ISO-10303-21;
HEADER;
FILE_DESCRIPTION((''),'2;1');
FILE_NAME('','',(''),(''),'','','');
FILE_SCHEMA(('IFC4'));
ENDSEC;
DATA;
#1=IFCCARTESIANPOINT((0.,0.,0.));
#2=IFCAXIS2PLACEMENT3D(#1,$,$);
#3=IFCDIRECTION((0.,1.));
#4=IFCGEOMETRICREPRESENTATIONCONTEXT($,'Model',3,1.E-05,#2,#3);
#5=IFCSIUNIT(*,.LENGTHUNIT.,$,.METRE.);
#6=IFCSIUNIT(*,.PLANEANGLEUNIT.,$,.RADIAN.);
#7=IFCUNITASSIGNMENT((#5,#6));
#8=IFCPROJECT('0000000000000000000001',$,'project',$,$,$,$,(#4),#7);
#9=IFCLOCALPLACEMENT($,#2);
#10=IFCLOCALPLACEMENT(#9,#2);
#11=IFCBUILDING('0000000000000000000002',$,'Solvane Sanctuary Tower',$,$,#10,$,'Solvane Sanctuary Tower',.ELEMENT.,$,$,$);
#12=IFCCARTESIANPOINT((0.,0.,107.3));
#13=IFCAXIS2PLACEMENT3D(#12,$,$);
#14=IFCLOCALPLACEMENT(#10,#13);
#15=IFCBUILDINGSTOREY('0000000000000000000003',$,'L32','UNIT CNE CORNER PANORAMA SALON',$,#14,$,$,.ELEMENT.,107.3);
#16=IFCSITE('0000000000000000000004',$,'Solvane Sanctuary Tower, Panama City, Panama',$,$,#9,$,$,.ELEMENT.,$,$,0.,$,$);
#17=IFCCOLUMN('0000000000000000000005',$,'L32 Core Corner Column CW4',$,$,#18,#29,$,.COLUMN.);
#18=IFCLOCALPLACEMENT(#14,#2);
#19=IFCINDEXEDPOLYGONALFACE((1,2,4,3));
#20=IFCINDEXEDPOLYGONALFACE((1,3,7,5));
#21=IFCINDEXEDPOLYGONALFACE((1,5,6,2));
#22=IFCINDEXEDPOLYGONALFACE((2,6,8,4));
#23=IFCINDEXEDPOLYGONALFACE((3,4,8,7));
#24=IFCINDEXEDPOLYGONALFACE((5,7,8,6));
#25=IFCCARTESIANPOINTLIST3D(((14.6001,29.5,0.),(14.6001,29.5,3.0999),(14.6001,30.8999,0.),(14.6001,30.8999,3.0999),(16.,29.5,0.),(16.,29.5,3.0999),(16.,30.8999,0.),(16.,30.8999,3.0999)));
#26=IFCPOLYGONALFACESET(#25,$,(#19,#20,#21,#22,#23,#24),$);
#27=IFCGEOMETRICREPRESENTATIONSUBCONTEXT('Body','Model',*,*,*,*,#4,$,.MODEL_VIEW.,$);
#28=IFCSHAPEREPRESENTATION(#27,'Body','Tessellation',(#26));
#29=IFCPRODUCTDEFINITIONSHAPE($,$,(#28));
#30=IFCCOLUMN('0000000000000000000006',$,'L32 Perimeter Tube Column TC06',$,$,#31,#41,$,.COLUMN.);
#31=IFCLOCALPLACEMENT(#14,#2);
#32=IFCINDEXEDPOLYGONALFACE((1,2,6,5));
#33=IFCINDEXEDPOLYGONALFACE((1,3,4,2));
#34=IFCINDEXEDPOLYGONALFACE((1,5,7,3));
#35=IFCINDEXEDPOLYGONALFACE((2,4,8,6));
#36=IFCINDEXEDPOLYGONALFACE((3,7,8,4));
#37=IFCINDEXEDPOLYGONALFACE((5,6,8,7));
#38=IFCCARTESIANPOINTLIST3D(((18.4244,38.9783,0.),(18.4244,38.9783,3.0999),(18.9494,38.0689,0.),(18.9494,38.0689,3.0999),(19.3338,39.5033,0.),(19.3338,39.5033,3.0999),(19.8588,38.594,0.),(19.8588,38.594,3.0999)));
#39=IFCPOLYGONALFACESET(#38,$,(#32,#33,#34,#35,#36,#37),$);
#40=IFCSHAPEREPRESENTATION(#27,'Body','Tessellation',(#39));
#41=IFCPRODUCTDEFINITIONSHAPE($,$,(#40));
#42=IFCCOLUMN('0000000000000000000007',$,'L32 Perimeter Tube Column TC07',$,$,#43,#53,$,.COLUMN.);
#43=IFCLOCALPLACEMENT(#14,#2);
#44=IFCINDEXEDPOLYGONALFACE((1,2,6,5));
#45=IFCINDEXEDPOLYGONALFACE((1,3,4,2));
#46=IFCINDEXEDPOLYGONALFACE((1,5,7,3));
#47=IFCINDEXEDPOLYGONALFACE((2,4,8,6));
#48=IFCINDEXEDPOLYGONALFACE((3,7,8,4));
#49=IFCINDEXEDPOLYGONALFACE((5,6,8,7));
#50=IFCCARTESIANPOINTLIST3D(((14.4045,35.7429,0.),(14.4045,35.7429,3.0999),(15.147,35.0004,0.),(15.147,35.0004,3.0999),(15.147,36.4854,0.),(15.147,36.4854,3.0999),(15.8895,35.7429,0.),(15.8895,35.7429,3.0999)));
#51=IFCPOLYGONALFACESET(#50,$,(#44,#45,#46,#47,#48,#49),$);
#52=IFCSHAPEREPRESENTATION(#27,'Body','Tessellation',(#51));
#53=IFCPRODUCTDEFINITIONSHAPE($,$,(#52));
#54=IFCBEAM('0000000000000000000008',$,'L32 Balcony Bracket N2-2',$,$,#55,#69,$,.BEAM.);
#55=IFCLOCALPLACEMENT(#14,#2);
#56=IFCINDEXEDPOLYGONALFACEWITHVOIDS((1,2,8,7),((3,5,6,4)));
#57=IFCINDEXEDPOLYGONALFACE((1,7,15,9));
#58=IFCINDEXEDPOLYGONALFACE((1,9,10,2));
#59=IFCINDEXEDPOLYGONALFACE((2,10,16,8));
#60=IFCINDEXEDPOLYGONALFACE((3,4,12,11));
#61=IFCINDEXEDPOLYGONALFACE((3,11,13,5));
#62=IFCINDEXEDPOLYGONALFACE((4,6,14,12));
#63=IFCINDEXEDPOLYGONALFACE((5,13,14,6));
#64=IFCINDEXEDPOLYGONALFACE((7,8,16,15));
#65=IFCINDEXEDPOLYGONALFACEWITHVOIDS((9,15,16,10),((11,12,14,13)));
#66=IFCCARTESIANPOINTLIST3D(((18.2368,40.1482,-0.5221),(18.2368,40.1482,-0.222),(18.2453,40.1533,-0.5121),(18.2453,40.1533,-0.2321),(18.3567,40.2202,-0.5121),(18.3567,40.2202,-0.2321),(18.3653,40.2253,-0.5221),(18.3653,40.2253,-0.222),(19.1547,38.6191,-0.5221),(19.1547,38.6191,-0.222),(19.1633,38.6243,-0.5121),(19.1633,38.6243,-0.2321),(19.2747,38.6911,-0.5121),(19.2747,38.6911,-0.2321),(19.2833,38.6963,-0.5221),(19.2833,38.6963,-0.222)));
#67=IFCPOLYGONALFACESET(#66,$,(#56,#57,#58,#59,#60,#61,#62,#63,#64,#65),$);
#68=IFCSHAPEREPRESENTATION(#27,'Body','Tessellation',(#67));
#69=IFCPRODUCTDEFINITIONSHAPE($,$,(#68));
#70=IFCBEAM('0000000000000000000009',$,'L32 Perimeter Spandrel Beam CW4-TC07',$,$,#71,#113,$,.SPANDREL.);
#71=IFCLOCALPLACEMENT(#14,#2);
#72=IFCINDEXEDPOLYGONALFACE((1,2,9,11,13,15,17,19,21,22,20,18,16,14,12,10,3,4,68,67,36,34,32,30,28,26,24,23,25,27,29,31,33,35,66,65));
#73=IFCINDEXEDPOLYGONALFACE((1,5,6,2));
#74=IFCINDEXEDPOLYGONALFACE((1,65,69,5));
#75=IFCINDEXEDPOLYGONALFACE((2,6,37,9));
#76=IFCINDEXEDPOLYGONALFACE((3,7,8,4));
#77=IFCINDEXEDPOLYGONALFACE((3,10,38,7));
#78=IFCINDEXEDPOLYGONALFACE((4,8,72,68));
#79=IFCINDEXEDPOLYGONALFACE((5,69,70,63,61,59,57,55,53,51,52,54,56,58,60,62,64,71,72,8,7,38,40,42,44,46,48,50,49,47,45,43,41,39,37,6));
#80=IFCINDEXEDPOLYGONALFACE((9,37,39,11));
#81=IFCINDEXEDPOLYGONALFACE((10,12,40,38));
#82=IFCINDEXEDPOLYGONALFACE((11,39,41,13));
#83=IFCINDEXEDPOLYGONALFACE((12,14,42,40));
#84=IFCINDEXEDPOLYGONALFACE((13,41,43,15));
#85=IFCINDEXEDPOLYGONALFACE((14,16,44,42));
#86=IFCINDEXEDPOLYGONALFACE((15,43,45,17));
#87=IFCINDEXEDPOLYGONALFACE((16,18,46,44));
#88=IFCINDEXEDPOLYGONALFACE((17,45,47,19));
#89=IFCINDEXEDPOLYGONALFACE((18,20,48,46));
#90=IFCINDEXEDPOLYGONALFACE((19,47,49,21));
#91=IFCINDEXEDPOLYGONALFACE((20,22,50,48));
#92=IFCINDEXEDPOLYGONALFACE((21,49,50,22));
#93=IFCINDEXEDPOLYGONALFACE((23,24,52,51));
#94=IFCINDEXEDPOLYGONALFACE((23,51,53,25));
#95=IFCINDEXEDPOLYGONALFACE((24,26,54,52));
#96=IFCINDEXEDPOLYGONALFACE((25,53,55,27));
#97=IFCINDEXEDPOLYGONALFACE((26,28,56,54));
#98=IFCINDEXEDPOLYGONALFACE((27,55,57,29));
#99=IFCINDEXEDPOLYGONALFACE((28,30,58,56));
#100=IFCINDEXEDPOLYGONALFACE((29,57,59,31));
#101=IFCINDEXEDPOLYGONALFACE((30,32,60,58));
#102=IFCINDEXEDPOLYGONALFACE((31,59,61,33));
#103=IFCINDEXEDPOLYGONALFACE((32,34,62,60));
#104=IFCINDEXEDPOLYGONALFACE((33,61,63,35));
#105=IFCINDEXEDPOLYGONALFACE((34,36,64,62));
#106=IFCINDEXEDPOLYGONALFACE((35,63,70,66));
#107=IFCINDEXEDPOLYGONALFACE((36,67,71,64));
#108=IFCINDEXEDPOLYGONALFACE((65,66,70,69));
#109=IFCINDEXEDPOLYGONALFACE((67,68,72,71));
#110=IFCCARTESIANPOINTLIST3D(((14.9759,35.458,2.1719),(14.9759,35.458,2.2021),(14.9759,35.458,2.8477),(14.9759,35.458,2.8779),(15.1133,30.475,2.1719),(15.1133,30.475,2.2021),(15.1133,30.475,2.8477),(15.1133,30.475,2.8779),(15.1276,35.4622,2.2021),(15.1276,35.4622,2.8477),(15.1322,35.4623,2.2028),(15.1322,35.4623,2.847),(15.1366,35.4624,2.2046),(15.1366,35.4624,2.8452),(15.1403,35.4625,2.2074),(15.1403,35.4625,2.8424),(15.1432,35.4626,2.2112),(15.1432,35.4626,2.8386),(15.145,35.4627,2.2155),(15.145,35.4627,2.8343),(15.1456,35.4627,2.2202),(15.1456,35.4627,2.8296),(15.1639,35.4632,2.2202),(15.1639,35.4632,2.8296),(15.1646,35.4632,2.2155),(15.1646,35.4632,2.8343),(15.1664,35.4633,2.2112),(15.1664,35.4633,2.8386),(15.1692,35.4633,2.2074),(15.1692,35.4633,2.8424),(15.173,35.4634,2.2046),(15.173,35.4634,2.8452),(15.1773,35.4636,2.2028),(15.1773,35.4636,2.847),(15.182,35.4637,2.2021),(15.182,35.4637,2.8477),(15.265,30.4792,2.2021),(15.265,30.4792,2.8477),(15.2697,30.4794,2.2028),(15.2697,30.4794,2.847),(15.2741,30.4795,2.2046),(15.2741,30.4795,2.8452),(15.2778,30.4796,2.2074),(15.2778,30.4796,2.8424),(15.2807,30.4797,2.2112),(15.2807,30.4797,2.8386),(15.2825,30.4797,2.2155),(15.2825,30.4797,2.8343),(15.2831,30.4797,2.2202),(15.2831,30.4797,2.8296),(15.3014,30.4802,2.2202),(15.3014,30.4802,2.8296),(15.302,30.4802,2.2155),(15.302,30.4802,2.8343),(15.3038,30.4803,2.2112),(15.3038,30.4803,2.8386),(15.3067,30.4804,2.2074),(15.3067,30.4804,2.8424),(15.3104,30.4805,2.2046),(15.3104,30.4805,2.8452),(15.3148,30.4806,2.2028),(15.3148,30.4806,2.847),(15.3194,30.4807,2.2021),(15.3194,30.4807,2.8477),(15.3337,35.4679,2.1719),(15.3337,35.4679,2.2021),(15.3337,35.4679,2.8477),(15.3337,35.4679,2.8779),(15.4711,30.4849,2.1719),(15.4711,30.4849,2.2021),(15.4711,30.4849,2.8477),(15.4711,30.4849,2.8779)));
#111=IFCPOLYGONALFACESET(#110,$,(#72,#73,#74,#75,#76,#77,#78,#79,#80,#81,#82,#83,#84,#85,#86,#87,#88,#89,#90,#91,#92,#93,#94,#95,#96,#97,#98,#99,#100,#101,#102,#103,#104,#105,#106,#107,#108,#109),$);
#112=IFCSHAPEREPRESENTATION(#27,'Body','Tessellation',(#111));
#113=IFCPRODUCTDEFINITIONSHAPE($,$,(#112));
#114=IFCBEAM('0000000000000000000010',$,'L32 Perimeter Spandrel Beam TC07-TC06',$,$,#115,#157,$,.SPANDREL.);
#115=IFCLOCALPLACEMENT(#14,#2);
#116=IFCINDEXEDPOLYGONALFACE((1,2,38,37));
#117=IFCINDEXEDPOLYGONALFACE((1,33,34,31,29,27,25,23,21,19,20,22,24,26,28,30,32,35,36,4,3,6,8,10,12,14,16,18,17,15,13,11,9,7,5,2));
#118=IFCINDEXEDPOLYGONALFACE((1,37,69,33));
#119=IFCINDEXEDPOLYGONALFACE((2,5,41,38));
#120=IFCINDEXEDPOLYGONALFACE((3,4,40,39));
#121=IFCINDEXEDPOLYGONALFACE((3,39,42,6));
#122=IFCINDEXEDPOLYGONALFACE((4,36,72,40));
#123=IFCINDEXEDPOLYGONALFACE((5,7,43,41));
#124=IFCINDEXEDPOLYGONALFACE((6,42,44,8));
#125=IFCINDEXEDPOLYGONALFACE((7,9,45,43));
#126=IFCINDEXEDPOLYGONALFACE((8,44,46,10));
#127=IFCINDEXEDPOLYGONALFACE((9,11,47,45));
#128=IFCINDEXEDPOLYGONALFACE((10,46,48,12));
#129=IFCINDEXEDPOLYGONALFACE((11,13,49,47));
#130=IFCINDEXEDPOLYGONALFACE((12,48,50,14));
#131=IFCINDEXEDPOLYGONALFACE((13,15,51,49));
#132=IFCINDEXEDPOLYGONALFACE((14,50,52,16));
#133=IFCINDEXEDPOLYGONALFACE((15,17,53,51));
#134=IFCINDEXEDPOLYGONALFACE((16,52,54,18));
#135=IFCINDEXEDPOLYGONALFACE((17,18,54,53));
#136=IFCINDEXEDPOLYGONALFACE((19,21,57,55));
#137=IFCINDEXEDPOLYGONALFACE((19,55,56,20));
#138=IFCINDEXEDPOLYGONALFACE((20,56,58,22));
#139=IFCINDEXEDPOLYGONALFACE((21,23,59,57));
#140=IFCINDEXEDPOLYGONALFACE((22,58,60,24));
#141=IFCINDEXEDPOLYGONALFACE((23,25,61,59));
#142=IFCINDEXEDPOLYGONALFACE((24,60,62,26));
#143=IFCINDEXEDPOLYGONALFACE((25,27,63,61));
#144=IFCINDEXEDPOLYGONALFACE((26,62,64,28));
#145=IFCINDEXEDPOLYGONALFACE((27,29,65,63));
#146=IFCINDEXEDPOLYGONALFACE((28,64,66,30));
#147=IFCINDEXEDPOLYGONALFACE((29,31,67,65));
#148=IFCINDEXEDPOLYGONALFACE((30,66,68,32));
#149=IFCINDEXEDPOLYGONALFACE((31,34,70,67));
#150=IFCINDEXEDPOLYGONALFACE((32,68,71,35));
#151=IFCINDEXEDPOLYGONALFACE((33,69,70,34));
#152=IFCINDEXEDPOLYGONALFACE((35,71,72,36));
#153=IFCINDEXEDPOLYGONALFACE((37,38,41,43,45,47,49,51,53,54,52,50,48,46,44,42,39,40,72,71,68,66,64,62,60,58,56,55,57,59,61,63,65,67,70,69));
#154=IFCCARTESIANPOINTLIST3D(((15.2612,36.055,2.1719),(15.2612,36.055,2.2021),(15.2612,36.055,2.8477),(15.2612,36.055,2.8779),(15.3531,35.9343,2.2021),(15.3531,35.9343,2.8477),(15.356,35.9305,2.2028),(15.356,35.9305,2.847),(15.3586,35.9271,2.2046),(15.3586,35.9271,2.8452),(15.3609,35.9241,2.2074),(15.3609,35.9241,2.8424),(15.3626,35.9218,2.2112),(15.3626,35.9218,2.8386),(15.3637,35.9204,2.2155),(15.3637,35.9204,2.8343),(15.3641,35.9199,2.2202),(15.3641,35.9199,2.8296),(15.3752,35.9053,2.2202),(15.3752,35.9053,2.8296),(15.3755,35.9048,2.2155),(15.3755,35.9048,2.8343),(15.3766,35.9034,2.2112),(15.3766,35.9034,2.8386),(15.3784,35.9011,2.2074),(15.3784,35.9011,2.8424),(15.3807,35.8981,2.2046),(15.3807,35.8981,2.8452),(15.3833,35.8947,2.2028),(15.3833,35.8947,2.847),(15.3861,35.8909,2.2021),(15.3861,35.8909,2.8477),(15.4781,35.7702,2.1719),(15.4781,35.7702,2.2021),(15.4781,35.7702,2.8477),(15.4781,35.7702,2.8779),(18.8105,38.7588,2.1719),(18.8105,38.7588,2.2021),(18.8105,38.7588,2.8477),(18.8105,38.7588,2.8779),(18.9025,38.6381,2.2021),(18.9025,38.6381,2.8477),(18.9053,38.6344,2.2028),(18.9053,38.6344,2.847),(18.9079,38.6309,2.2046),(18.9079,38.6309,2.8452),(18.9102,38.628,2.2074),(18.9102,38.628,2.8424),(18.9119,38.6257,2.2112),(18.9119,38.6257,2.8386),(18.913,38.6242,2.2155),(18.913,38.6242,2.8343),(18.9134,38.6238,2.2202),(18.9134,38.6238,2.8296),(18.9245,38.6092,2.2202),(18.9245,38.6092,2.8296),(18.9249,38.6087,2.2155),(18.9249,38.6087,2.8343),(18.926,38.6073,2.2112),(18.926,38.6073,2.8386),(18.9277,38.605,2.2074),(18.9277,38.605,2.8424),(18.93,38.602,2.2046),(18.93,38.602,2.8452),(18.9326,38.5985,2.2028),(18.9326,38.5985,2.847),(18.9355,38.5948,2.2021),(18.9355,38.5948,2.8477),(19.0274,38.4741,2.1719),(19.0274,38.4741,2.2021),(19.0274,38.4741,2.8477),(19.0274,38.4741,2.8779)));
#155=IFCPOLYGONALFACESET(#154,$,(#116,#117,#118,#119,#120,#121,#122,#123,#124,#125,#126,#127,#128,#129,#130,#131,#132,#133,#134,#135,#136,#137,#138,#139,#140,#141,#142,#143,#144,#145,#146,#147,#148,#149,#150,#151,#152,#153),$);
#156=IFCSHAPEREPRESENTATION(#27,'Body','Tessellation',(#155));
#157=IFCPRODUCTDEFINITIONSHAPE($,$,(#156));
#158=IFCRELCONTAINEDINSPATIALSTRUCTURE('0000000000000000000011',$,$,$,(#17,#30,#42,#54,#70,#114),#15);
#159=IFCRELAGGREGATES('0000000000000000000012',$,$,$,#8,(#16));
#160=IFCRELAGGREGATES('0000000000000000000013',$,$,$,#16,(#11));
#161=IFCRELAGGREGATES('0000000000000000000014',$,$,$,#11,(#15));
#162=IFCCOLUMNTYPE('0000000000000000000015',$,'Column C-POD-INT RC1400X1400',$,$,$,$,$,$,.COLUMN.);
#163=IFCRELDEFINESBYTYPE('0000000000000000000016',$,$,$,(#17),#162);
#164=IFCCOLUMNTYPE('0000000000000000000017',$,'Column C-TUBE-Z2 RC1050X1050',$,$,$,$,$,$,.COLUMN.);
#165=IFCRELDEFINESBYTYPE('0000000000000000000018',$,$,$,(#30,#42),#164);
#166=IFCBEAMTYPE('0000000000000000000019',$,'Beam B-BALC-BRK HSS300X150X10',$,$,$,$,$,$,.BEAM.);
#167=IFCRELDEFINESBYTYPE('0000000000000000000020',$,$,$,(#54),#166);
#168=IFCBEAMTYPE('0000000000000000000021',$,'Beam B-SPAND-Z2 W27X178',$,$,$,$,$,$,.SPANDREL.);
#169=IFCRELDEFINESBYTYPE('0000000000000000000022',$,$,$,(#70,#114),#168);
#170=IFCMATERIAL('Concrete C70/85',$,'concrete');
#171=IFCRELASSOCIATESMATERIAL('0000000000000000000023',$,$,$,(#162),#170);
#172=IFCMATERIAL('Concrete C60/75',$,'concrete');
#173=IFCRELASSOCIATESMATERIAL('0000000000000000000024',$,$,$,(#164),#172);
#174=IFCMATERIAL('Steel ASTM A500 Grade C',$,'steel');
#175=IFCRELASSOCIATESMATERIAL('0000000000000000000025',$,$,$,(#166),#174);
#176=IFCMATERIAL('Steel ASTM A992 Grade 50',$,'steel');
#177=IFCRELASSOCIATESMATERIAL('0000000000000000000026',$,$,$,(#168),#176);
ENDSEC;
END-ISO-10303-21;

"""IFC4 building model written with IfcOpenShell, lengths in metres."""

from ifc_helpers import new_model, si_unit, direction, frame, origin, origin_2d, place, context, subcontext, project, spatial, rectangle, hollow_rectangle, i_section, extrude, material, material_profile, profile_set, type_object, element, save


model = new_model("IFC4")

# Units and contexts
model_context = context("Model", 3, precision=1e-05, world=origin(), true_north=direction((0.0, 1.0)))
body_context = subcontext(model_context, "Body", "Model", "MODEL_VIEW")
ifc_project = project(units=[si_unit("LENGTHUNIT", "METRE"), si_unit("PLANEANGLEUNIT", "RADIAN")], contexts=[model_context])

# Site, building, storey
site_placement = place(None, origin())
site = spatial("IfcSite", under=ifc_project, at=site_placement, Name="Solvane Sanctuary Tower, Panama City, Panama", CompositionType="ELEMENT", RefElevation=0.0)
building_placement = place(site_placement, origin())
building = spatial("IfcBuilding", under=site, at=building_placement, Name="Solvane Sanctuary Tower", LongName="Solvane Sanctuary Tower", CompositionType="ELEMENT")
storey_placement = place(building_placement, frame((0.0, 0.0, 107.3)))
storey = spatial("IfcBuildingStorey", under=building, at=storey_placement, Name="L32", Description="UNIT CNE CORNER PANORAMA SALON", CompositionType="ELEMENT", Elevation=107.3)

# Columns
ifc_material_1 = material(Name="Concrete C70/85", Category="concrete")
ifc_material_profile_1 = material_profile(ifc_material_1, rectangle(XDim=1.3999, YDim=1.3999, at=origin_2d()), Name="RC1400X1400")
ifc_profile_set_1 = profile_set([ifc_material_profile_1], Name="Concrete C70/85")
column_type_1 = type_object("IfcColumnType", Name="Column C-POD-INT RC1400X1400", PredefinedType="COLUMN", material=ifc_profile_set_1)
column_placement = place(storey_placement, frame((15.3, 30.2, 0.0), z_axis=(0.0, 0.0, 1.0), x_axis=(1.0, 0.0, 0.0)))
element("IfcColumn", 1, at=column_placement, inside=storey, type_object=column_type_1, Name="L32 Core Corner Column CW4", PredefinedType="COLUMN", context=body_context, shape_type="SweptSolid", body=[
    extrude(rectangle(XDim=1.3999, YDim=1.3999, at=origin_2d()), origin(), (0.0, 0.0, 1.0), 3.0999),
])
ifc_material_2 = material(Name="Concrete C60/75", Category="concrete")
ifc_material_profile_2 = material_profile(ifc_material_2, rectangle(XDim=1.05, YDim=1.05, at=origin_2d()), Name="RC1050X1050")
ifc_profile_set_2 = profile_set([ifc_material_profile_2], Name="Concrete C60/75")
column_type_2 = type_object("IfcColumnType", Name="Column C-TUBE-Z2 RC1050X1050", PredefinedType="COLUMN", material=ifc_profile_set_2)
for number, where, z_axis, x_axis, name in (
    (2, (19.1416, 38.7861, 0.0), (0.0, 0.0, 1.0), (-0.5, 0.866025, 0.0), "L32 Perimeter Tube Column TC06"),
    (3, (15.147, 35.7429, 0.0), (0.0, 0.0, 1.0), (-0.707107, 0.707107, 0.0), "L32 Perimeter Tube Column TC07"),
):
    element("IfcColumn", number, at=place(storey_placement, frame(where, z_axis=z_axis, x_axis=x_axis)), inside=storey, type_object=column_type_2, Name=name, PredefinedType="COLUMN", context=body_context, shape_type="SweptSolid", body=[
        extrude(rectangle(XDim=1.05, YDim=1.05, at=origin_2d()), origin(), (0.0, 0.0, 1.0), 3.0999),
    ])

# Beams
ifc_material_3 = material(Name="Steel ASTM A500 Grade C", Category="steel")
ifc_material_profile_3 = material_profile(ifc_material_3, hollow_rectangle(XDim=0.1499, YDim=0.3, WallThickness=0.01, at=origin_2d()), Name="HSS300X150X10")
ifc_profile_set_3 = profile_set([ifc_material_profile_3], Name="Steel ASTM A500 Grade C")
beam_type_1 = type_object("IfcBeamType", Name="Beam B-BALC-BRK HSS300X150X10", PredefinedType="BEAM", material=ifc_profile_set_3)
beam_1_placement = place(storey_placement, frame((19.219, 38.6577, -0.3721), z_axis=(-0.514717, 0.85736, 0.0), x_axis=(-0.85736, -0.514717, 0.0)))
element("IfcBeam", 4, at=beam_1_placement, inside=storey, type_object=beam_type_1, Name="L32 Balcony Bracket N2-2", PredefinedType="BEAM", context=body_context, shape_type="SweptSolid", body=[
    extrude(hollow_rectangle(XDim=0.1499, YDim=0.3, WallThickness=0.01, at=origin_2d()), origin(), (0.0, 0.0, 1.0), 1.7834),
])
ifc_material_4 = material(Name="Steel ASTM A992 Grade 50", Category="steel")
ifc_material_profile_4 = material_profile(ifc_material_4, i_section(OverallWidth=0.3579, OverallDepth=0.7061, WebThickness=0.0183, FlangeThickness=0.0303, FilletRadius=0.0181, at=origin_2d()), Name="W27X178")
ifc_profile_set_4 = profile_set([ifc_material_profile_4], Name="Steel ASTM A992 Grade 50")
beam_type_2 = type_object("IfcBeamType", Name="Beam B-SPAND-Z2 W27X178", PredefinedType="SPANDREL", material=ifc_profile_set_4)
beam_2_placement = place(storey_placement, frame((15.2922, 30.48, 2.5249), z_axis=(-0.027574, 0.99962, 0.0), x_axis=(-0.99962, -0.027574, 0.0)))
element("IfcBeam", 5, at=beam_2_placement, inside=storey, type_object=beam_type_2, Name="L32 Perimeter Spandrel Beam CW4-TC07", PredefinedType="SPANDREL", context=body_context, shape_type="SweptSolid", body=[
    extrude(i_section(OverallWidth=0.3579, OverallDepth=0.7061, WebThickness=0.0183, FlangeThickness=0.0303, FilletRadius=0.0181, at=origin_2d()), origin(), (0.0, 0.0, 1.0), 4.9849),
])
beam_3_placement = place(storey_placement, frame((15.3696, 35.9126, 2.5249), z_axis=(0.795473, 0.605989, 0.0), x_axis=(-0.605989, 0.795473, 0.0)))
element("IfcBeam", 6, at=beam_3_placement, inside=storey, type_object=beam_type_2, Name="L32 Perimeter Spandrel Beam TC07-TC06", PredefinedType="SPANDREL", context=body_context, shape_type="SweptSolid", body=[
    extrude(i_section(OverallWidth=0.3579, OverallDepth=0.7061, WebThickness=0.0183, FlangeThickness=0.0303, FilletRadius=0.0181, at=origin_2d()), origin(), (0.0, 0.0, 1.0), 4.4619),
])

save(model, "model.ifc")
